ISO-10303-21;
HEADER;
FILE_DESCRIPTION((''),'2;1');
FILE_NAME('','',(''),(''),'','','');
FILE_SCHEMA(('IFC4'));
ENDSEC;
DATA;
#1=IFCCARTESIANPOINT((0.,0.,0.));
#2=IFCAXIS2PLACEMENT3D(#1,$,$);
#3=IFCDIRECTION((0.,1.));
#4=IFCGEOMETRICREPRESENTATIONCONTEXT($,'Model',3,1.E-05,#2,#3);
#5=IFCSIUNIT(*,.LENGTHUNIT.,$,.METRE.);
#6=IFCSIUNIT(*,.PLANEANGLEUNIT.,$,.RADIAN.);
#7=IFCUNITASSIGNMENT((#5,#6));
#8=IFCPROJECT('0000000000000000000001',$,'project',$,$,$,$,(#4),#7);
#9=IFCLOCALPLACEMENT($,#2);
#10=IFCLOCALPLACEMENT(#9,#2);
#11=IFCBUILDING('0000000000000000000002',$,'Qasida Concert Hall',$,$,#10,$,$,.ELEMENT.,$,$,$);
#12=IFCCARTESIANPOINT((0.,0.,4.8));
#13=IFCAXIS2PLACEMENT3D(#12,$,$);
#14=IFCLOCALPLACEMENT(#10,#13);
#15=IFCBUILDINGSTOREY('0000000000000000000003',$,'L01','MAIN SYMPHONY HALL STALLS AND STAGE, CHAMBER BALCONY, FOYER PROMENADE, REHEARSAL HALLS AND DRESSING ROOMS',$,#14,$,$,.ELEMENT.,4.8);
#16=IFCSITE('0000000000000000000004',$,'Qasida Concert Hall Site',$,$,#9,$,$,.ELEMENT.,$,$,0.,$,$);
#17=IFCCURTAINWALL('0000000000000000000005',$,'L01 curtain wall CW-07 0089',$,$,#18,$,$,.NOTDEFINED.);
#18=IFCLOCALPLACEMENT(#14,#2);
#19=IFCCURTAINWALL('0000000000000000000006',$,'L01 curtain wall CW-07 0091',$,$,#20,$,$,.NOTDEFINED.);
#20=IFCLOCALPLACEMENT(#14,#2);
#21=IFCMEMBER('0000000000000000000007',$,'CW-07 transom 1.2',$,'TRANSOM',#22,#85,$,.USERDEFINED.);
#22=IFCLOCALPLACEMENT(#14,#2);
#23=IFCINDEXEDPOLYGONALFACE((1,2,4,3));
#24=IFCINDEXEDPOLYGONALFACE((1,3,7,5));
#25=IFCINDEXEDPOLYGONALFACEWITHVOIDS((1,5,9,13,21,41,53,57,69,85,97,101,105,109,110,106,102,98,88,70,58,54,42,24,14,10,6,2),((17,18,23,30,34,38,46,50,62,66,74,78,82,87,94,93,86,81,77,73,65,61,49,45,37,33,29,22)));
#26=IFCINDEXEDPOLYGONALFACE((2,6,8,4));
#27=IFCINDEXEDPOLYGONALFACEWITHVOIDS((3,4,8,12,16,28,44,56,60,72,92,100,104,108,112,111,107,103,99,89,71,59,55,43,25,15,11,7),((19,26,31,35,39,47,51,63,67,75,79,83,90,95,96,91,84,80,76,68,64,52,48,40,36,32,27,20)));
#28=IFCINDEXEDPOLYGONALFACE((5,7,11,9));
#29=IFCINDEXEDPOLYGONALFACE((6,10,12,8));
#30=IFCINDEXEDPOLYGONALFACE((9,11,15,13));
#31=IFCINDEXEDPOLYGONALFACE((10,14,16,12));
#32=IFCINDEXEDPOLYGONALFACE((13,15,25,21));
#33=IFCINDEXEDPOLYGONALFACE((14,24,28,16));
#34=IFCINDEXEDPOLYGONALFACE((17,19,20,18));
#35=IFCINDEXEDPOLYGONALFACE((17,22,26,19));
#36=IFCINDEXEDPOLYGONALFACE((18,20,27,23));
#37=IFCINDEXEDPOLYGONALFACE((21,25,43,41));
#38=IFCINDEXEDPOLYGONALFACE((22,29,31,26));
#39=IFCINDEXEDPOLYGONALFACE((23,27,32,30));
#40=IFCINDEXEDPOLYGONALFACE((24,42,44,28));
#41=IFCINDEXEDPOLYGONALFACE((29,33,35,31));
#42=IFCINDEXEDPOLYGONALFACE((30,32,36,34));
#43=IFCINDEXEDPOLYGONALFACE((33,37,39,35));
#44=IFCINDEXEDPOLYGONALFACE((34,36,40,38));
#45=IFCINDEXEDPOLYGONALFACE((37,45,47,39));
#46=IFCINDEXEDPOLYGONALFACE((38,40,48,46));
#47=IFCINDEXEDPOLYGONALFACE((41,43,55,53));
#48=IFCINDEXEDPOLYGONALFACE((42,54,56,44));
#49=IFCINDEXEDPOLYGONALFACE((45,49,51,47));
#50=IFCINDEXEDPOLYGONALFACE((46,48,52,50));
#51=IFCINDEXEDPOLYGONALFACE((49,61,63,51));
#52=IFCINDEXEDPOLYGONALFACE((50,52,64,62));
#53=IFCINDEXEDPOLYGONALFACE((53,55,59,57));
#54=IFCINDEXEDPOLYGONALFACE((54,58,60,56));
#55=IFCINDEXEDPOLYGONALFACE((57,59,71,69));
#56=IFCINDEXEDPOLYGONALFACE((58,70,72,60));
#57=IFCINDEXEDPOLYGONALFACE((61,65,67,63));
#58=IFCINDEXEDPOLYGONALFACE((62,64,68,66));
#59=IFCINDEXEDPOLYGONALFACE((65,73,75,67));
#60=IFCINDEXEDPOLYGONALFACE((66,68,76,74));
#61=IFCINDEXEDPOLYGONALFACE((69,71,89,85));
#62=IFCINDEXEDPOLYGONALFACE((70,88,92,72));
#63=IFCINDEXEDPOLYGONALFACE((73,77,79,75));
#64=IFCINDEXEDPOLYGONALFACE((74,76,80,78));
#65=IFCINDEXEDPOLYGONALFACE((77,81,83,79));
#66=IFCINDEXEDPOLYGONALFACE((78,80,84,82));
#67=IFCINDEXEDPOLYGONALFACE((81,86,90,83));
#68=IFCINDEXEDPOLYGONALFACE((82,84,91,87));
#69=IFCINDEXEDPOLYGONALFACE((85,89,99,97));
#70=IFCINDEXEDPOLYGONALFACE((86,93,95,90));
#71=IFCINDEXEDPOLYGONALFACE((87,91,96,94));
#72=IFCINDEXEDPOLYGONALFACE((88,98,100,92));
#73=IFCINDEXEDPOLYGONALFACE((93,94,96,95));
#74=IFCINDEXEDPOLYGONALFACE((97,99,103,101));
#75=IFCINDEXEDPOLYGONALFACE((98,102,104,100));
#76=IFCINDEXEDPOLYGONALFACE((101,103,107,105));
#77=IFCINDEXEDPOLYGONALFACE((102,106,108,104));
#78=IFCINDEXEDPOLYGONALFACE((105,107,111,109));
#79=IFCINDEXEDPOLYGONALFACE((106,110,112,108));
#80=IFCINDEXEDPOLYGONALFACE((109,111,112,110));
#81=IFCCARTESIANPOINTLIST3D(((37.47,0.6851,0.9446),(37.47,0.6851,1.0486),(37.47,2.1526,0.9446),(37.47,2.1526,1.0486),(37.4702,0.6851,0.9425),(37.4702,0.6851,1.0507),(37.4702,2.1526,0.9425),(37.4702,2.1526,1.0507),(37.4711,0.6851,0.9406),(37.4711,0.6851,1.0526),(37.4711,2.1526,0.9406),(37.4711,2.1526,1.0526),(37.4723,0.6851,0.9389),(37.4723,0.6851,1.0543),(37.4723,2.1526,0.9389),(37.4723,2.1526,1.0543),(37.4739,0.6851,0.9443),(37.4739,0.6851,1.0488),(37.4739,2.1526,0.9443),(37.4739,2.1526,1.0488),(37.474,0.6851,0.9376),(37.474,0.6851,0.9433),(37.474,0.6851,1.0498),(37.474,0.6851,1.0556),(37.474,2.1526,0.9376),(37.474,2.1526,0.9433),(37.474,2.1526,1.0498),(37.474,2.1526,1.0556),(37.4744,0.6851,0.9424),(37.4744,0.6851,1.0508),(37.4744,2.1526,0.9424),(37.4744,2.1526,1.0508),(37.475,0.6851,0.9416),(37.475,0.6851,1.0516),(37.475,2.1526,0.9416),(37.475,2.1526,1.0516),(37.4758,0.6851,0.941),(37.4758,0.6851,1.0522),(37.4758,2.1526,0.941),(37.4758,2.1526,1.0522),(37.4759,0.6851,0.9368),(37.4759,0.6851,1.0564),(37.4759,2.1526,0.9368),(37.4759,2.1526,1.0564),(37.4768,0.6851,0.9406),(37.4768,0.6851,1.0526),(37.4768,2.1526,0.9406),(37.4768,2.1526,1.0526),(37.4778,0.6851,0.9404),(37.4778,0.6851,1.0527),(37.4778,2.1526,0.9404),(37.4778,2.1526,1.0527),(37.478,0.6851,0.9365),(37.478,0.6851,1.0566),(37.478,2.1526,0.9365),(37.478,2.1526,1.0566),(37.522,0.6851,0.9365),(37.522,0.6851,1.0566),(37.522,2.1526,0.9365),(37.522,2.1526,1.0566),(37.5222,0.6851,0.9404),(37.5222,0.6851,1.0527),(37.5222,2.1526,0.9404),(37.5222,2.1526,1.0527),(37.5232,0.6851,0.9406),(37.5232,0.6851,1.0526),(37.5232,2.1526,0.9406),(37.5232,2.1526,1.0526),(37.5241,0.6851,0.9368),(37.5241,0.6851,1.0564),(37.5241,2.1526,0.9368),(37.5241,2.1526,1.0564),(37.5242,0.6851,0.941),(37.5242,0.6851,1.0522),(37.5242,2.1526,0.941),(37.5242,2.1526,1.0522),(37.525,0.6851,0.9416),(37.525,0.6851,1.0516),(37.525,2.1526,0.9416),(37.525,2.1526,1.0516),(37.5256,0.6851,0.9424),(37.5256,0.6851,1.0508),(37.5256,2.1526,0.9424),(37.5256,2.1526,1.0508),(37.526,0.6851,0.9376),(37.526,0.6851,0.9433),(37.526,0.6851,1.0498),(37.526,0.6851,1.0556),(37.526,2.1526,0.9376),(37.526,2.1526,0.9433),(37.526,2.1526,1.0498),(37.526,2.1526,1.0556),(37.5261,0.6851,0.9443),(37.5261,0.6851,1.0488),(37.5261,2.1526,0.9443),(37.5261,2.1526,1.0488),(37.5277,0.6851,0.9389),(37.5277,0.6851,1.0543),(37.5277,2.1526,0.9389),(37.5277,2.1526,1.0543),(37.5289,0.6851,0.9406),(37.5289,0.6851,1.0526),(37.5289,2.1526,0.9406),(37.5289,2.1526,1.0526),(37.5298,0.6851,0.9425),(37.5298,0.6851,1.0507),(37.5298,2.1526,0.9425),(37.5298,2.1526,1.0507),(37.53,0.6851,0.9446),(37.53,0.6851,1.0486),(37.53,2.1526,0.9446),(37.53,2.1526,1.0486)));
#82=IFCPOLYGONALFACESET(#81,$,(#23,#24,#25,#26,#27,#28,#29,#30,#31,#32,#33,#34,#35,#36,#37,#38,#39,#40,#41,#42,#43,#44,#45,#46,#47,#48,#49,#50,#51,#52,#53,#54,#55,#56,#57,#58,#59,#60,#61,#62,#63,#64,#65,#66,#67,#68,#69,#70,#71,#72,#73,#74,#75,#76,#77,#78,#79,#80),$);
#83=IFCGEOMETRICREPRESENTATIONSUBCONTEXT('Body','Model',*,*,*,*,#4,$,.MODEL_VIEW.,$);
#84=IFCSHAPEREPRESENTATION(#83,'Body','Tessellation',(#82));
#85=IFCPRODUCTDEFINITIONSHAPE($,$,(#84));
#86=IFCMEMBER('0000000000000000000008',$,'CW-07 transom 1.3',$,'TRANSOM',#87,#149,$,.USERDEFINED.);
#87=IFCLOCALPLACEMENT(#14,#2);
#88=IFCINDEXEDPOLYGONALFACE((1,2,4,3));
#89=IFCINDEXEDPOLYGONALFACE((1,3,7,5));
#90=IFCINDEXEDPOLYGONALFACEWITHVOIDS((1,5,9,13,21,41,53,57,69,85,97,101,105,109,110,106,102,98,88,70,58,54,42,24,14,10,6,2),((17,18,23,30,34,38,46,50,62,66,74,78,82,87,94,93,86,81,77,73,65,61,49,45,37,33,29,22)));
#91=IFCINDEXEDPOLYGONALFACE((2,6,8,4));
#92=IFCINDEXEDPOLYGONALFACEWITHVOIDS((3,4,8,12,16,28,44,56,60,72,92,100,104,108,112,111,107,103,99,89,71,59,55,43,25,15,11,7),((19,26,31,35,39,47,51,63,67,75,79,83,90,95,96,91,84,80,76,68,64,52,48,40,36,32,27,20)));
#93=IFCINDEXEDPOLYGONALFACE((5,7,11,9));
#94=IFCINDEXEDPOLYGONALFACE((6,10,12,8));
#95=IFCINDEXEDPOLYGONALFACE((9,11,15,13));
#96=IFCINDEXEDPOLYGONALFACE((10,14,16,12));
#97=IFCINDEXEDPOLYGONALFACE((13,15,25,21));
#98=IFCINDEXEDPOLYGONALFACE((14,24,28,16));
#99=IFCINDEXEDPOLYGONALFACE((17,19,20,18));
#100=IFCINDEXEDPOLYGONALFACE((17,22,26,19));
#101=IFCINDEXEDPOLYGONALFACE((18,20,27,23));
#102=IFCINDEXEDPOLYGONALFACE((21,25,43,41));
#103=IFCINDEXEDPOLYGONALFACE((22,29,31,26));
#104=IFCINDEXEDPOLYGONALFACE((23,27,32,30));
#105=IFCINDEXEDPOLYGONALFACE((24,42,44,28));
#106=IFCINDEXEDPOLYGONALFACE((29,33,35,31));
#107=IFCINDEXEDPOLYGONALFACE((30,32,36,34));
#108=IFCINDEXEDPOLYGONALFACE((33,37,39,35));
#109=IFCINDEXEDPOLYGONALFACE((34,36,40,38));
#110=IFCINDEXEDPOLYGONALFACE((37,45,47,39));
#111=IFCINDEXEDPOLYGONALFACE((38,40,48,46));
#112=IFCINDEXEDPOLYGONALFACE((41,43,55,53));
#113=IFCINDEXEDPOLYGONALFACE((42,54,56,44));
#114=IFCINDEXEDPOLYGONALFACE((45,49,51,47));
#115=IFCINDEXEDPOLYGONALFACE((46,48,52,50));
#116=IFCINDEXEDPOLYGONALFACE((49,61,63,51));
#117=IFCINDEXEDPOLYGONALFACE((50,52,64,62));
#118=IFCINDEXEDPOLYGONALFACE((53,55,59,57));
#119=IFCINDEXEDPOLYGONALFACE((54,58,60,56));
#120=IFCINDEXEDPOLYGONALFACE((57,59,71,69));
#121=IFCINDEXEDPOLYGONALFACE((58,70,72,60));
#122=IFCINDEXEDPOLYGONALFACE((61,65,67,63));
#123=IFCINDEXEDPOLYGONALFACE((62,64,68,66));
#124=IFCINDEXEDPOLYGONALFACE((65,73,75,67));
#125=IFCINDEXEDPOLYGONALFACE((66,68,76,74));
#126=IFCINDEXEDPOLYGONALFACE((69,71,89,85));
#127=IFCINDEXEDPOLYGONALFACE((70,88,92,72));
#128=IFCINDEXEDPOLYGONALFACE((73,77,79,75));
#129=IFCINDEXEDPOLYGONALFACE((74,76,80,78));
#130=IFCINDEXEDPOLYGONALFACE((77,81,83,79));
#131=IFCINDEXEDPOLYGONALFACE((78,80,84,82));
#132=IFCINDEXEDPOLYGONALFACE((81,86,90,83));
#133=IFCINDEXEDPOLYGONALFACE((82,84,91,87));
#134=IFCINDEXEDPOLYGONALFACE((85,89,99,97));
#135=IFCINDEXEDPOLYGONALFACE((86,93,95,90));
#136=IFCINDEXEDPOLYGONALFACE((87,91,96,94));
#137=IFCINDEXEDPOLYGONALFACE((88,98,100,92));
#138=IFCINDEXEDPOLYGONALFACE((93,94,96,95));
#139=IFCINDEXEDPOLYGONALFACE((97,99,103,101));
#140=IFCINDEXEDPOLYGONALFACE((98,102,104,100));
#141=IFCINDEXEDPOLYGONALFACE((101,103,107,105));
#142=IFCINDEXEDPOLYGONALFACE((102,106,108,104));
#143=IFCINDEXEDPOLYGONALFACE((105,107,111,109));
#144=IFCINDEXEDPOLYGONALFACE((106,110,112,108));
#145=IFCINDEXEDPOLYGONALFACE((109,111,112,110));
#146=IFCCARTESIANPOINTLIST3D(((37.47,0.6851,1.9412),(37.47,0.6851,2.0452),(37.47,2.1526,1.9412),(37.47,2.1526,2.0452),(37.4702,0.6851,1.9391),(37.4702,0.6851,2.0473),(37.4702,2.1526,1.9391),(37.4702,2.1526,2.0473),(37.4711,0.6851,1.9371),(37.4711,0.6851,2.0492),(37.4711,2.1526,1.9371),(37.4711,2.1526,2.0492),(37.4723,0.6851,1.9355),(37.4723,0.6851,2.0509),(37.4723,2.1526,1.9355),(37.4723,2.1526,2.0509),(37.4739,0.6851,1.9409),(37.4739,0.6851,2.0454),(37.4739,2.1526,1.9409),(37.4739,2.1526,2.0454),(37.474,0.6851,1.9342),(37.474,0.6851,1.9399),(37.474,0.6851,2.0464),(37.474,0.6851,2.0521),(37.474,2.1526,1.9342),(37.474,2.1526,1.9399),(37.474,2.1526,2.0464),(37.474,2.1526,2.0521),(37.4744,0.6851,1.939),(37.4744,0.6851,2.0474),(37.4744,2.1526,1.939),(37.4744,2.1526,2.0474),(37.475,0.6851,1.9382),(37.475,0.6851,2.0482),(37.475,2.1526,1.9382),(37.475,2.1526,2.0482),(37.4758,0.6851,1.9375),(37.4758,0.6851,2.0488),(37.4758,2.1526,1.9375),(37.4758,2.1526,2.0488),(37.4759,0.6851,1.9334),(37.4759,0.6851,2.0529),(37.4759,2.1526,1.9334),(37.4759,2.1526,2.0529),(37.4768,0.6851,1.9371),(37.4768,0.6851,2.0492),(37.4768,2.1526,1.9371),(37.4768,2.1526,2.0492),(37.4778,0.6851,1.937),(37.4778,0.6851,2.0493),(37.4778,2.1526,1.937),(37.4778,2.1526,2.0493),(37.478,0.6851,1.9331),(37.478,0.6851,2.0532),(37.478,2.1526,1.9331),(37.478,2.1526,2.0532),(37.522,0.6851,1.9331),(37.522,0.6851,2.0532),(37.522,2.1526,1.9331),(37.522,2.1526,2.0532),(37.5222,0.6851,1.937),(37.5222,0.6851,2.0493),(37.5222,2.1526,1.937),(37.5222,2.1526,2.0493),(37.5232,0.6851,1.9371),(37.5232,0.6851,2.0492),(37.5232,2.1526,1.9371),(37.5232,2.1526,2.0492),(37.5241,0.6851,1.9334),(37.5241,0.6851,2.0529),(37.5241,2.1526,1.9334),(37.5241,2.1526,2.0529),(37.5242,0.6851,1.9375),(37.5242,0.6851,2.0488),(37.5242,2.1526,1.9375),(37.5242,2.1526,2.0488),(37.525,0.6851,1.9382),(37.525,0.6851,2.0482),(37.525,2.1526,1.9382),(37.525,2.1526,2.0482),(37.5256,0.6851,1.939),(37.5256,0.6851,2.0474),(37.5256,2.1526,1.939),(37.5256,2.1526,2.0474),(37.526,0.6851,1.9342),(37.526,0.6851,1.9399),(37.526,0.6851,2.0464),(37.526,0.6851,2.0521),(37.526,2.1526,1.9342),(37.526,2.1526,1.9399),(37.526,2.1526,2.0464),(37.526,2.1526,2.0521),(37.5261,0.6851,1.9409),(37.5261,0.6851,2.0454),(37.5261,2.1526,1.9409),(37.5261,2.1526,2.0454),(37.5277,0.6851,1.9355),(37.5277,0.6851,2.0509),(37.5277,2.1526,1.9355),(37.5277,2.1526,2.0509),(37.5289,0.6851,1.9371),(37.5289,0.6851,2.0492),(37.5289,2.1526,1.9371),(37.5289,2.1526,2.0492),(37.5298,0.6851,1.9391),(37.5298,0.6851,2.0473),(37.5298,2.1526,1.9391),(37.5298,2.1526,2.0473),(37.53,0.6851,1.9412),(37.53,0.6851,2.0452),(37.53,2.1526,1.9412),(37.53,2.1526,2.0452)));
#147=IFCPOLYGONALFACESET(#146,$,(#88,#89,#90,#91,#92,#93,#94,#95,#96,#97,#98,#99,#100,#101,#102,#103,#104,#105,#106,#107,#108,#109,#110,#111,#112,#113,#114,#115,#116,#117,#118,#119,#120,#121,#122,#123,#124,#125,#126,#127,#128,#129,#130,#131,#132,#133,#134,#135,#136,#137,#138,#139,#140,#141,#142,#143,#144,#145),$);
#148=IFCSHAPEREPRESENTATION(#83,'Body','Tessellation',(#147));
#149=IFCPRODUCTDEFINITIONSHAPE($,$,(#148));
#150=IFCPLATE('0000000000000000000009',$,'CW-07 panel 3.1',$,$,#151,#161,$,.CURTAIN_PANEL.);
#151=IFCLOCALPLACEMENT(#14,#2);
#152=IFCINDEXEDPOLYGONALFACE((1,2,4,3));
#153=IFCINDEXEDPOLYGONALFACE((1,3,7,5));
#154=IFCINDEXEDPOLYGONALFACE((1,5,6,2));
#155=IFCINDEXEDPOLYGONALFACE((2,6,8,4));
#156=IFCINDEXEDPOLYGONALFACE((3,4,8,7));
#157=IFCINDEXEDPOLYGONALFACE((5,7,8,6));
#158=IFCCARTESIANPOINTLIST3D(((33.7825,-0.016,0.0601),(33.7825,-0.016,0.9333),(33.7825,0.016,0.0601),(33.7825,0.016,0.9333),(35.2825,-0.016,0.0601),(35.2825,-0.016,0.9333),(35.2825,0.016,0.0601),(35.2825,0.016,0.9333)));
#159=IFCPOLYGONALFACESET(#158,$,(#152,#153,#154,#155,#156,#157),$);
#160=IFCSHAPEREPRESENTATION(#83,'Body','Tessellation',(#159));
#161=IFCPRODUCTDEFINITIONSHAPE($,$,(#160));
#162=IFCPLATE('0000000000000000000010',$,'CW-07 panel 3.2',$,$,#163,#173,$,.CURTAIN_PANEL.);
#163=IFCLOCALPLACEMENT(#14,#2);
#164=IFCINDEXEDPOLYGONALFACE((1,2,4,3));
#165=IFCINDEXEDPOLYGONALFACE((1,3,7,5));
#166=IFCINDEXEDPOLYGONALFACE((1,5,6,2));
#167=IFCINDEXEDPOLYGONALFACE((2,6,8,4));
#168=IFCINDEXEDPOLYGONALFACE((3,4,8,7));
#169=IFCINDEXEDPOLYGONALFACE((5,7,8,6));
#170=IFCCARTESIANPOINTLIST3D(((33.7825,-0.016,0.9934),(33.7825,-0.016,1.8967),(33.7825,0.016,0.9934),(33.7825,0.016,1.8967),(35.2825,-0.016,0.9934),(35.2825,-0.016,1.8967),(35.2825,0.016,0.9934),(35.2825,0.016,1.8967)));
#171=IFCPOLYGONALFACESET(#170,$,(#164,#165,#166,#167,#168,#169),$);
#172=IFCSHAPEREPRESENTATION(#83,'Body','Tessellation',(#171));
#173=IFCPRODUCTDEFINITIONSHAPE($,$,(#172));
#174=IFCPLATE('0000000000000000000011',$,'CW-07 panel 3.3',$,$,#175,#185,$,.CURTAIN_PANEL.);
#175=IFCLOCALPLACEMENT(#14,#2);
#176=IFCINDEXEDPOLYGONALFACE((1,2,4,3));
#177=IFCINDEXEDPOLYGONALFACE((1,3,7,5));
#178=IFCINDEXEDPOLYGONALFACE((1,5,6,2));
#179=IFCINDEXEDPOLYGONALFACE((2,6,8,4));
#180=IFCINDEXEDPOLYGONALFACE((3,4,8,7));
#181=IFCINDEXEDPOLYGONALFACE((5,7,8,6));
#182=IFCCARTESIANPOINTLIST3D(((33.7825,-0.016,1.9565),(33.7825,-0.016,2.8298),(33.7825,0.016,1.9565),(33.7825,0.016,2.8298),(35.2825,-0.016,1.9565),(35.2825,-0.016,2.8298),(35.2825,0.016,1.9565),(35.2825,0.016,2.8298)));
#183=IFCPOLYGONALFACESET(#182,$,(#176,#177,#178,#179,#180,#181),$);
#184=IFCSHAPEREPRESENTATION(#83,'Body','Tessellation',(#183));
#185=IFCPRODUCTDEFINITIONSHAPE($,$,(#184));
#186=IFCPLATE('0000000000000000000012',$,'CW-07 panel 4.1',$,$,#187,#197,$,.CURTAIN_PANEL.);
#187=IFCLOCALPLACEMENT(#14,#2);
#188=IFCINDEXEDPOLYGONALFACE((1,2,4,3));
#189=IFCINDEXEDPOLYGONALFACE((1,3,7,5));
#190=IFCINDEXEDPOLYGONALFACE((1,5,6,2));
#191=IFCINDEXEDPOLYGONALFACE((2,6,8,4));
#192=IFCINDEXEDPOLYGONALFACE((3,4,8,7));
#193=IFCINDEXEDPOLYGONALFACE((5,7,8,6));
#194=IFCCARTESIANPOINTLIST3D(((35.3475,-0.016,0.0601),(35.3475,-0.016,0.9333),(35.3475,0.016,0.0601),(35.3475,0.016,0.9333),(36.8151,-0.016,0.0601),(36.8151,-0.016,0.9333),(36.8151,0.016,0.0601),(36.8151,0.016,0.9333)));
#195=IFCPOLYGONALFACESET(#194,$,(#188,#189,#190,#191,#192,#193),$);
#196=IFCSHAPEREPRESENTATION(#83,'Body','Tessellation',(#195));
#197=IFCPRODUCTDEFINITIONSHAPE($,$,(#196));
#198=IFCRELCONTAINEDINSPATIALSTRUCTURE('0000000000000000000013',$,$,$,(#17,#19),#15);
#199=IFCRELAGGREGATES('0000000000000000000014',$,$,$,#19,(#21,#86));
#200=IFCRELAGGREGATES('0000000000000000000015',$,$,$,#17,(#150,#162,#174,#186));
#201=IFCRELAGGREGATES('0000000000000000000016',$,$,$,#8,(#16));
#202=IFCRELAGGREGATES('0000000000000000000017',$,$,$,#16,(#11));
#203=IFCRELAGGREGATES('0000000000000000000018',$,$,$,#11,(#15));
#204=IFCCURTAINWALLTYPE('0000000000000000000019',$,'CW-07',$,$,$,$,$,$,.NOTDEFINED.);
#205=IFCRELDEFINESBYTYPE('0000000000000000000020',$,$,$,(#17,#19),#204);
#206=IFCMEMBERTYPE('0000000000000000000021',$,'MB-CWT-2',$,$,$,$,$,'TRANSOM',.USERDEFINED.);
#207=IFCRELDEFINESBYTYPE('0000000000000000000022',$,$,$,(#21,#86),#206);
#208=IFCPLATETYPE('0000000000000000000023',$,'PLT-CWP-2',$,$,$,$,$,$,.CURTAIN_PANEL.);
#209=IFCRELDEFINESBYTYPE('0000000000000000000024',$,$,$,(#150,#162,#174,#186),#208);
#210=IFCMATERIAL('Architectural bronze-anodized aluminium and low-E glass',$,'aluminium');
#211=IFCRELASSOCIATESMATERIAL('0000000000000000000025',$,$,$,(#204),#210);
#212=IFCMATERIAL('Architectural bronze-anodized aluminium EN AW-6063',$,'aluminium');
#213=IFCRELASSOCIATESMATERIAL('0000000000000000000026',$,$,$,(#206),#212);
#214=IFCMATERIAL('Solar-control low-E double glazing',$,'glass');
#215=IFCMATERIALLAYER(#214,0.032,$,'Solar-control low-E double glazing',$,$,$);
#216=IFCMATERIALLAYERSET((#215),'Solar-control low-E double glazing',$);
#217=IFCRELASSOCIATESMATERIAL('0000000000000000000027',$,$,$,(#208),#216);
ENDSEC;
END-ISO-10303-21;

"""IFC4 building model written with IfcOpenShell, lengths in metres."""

from ifc_helpers import new_model, si_unit, direction, frame, origin, origin_2d, place, context, subcontext, project, spatial, rectangle, hollow_rectangle, extrude, material, layer, layer_set, material_profile, profile_set, type_object, element, aggregate, save


model = new_model("IFC4")

# Units and contexts
model_context = context("Model", 3, precision=1e-05, world=origin(), true_north=direction((0.0, 1.0)))
body_context = subcontext(model_context, "Body", "Model", "MODEL_VIEW")
ifc_project = project(units=[si_unit("LENGTHUNIT", "METRE"), si_unit("PLANEANGLEUNIT", "RADIAN")], contexts=[model_context])

# Site, building, storey
site_placement = place(None, origin())
site = spatial("IfcSite", under=ifc_project, at=site_placement, Name="Qasida Concert Hall Site", CompositionType="ELEMENT", RefElevation=0.0)
building_placement = place(site_placement, origin())
building = spatial("IfcBuilding", under=site, at=building_placement, Name="Qasida Concert Hall", CompositionType="ELEMENT")
storey_placement = place(building_placement, frame((0.0, 0.0, 4.8)))
storey = spatial("IfcBuildingStorey", under=building, at=storey_placement, Name="L01", Description="MAIN SYMPHONY HALL STALLS AND STAGE, CHAMBER BALCONY, FOYER PROMENADE, REHEARSAL HALLS AND DRESSING ROOMS", CompositionType="ELEMENT", Elevation=4.8)

# Curtain wall
ifc_material_1 = material(Name="Architectural bronze-anodized aluminium and low-E glass", Category="aluminium")
curtain_wall_type = type_object("IfcCurtainWallType", Name="CW-07", PredefinedType="NOTDEFINED", material=ifc_material_1)
curtain_wall_1_placement = place(storey_placement, origin())
curtain_wall_1 = element("IfcCurtainWall", 1, at=curtain_wall_1_placement, inside=storey, type_object=curtain_wall_type, Name="L01 curtain wall CW-07 0089", PredefinedType="NOTDEFINED")
ifc_material_2 = material(Name="Architectural bronze-anodized aluminium EN AW-6063", Category="aluminium")

# Curtain wall
curtain_wall_2_placement = place(storey_placement, origin())
curtain_wall_2 = element("IfcCurtainWall", 2, at=curtain_wall_2_placement, inside=storey, type_object=curtain_wall_type, Name="L01 curtain wall CW-07 0091", PredefinedType="NOTDEFINED")

# Members
ifc_material_profile_1 = material_profile(ifc_material_2, hollow_rectangle(XDim=0.0601, YDim=0.1201, WallThickness=0.0039, InnerFilletRadius=0.0039, OuterFilletRadius=0.0081, at=origin_2d()), Name="CWT 120x60x4")
ifc_profile_set_1 = profile_set([ifc_material_profile_1], Name="Architectural bronze-anodized aluminium EN AW-6063")
member_type_1 = type_object("IfcMemberType", Name="MB-CWT-2", ElementType="TRANSOM", PredefinedType="USERDEFINED", material=ifc_profile_set_1)
member_1_placement = place(storey_placement, frame((37.5, 0.6851, 0.9966), z_axis=(0.0, 1.0, 0.0), x_axis=(-1.0, 0.0, 0.0)))
member_1 = element("IfcMember", 3, at=member_1_placement, type_object=member_type_1, Name="CW-07 transom 1.2", ObjectType="TRANSOM", PredefinedType="USERDEFINED", context=body_context, shape_type="SweptSolid", body=[
    extrude(hollow_rectangle(XDim=0.0601, YDim=0.1201, WallThickness=0.0039, InnerFilletRadius=0.0039, OuterFilletRadius=0.0081, at=origin_2d()), origin(), (0.0, 0.0, 1.0), 1.4675),
])
member_2_placement = place(storey_placement, frame((37.5, 0.6851, 1.9932), z_axis=(0.0, 1.0, 0.0), x_axis=(-1.0, 0.0, 0.0)))
member_2 = element("IfcMember", 4, at=member_2_placement, type_object=member_type_1, Name="CW-07 transom 1.3", ObjectType="TRANSOM", PredefinedType="USERDEFINED", context=body_context, shape_type="SweptSolid", body=[
    extrude(hollow_rectangle(XDim=0.0601, YDim=0.1201, WallThickness=0.0039, InnerFilletRadius=0.0039, OuterFilletRadius=0.0081, at=origin_2d()), origin(), (0.0, 0.0, 1.0), 1.4675),
])
aggregate(curtain_wall_2, [member_1, member_2])

# Plates
ifc_material_3 = material(Name="Solar-control low-E double glazing", Category="glass")
ifc_layer_1 = layer(ifc_material_3, 0.032, Name="Solar-control low-E double glazing")
ifc_layer_set_1 = layer_set([ifc_layer_1], Name="Solar-control low-E double glazing")
plate_type = type_object("IfcPlateType", Name="PLT-CWP-2", PredefinedType="CURTAIN_PANEL", material=ifc_layer_set_1)
plate_1_placement = place(storey_placement, frame((34.5325, 0.0, 0.0601), z_axis=(0.0, 0.0, 1.0), x_axis=(1.0, 0.0, 0.0)))
plate_1 = element("IfcPlate", 5, at=plate_1_placement, type_object=plate_type, Name="CW-07 panel 3.1", PredefinedType="CURTAIN_PANEL", context=body_context, shape_type="SweptSolid", body=[
    extrude(rectangle(XDim=1.5, YDim=0.032, at=origin_2d()), origin(), (0.0, 0.0, 1.0), 0.8733),
])
plate_2_placement = place(storey_placement, frame((34.5325, 0.0, 0.9934), z_axis=(0.0, 0.0, 1.0), x_axis=(1.0, 0.0, 0.0)))
plate_2 = element("IfcPlate", 6, at=plate_2_placement, type_object=plate_type, Name="CW-07 panel 3.2", PredefinedType="CURTAIN_PANEL", context=body_context, shape_type="SweptSolid", body=[
    extrude(rectangle(XDim=1.5, YDim=0.032, at=origin_2d()), origin(), (0.0, 0.0, 1.0), 0.9033),
])
plate_3_placement = place(storey_placement, frame((34.5325, 0.0, 1.9565), z_axis=(0.0, 0.0, 1.0), x_axis=(1.0, 0.0, 0.0)))
plate_3 = element("IfcPlate", 7, at=plate_3_placement, type_object=plate_type, Name="CW-07 panel 3.3", PredefinedType="CURTAIN_PANEL", context=body_context, shape_type="SweptSolid", body=[
    extrude(rectangle(XDim=1.5, YDim=0.032, at=origin_2d()), origin(), (0.0, 0.0, 1.0), 0.8733),
])
plate_4_placement = place(storey_placement, frame((36.0813, 0.0, 0.0601), z_axis=(0.0, 0.0, 1.0), x_axis=(1.0, 0.0, 0.0)))
plate_4 = element("IfcPlate", 8, at=plate_4_placement, type_object=plate_type, Name="CW-07 panel 4.1", PredefinedType="CURTAIN_PANEL", context=body_context, shape_type="SweptSolid", body=[
    extrude(rectangle(XDim=1.4675, YDim=0.032, at=origin_2d()), origin(), (0.0, 0.0, 1.0), 0.8733),
])
aggregate(curtain_wall_1, [plate_1, plate_2, plate_3, plate_4])

save(model, "model.ifc")
